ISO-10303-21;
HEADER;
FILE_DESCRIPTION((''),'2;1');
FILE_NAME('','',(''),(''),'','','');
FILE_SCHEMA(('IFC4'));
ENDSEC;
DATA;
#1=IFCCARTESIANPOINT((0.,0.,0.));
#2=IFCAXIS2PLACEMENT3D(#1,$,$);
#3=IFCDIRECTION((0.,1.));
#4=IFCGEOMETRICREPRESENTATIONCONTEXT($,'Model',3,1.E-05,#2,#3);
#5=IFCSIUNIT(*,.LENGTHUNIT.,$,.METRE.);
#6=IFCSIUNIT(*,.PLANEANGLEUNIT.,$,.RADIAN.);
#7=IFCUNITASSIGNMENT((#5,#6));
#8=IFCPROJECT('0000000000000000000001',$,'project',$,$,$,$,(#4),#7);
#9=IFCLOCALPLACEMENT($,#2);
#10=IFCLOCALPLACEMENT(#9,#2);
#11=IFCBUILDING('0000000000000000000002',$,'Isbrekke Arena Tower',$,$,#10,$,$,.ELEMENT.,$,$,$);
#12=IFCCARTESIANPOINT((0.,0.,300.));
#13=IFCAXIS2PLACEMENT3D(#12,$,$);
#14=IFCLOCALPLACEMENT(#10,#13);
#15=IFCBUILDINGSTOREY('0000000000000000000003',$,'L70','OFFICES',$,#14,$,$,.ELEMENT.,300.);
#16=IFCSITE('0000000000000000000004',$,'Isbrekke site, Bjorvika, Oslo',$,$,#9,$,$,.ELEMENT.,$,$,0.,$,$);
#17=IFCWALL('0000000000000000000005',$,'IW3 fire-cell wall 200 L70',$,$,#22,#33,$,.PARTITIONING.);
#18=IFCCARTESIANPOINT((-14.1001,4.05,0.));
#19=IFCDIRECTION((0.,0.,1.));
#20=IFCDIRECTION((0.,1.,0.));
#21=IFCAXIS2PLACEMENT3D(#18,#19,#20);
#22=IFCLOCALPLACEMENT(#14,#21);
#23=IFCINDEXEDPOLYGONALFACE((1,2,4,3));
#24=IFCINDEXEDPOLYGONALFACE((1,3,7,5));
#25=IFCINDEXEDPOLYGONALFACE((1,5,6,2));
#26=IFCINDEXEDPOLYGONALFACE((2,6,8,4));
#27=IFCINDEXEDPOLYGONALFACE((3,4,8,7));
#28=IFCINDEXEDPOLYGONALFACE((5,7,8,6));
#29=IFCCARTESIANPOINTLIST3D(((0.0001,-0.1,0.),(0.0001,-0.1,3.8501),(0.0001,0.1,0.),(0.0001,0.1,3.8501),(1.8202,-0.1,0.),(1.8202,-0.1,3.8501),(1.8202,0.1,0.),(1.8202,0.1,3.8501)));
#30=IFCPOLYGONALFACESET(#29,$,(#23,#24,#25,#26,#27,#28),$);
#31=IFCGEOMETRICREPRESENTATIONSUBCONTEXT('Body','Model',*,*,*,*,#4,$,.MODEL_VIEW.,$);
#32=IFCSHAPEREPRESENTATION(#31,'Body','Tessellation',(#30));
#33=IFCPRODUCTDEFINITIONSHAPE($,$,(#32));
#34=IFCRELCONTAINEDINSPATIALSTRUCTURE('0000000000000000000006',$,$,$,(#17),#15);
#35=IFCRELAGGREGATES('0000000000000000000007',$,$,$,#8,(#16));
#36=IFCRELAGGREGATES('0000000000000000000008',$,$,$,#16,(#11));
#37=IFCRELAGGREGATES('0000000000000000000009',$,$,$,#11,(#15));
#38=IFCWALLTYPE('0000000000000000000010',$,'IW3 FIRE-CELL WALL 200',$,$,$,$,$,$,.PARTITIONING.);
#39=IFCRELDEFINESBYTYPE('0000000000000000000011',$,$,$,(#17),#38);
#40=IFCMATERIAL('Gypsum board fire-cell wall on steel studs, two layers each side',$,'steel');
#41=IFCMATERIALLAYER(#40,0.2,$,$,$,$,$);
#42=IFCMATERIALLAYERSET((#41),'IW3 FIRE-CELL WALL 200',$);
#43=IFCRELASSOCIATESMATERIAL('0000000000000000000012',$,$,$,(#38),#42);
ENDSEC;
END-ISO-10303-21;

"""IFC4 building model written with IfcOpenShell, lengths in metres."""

from ifc_helpers import new_model, si_unit, direction, frame, frame_2d, origin, place, context, subcontext, project, spatial, rectangle, extrude, material, layer, layer_set, type_object, element, save


model = new_model("IFC4")

# Units and contexts
model_context = context("Model", 3, precision=1e-05, world=origin(), true_north=direction((0.0, 1.0)))
body_context = subcontext(model_context, "Body", "Model", "MODEL_VIEW")
ifc_project = project(units=[si_unit("LENGTHUNIT", "METRE"), si_unit("PLANEANGLEUNIT", "RADIAN")], contexts=[model_context])

# Site, building, storey
site_placement = place(None, origin())
site = spatial("IfcSite", under=ifc_project, at=site_placement, Name="Isbrekke site, Bjorvika, Oslo", CompositionType="ELEMENT", RefElevation=0.0)
building_placement = place(site_placement, origin())
building = spatial("IfcBuilding", under=site, at=building_placement, Name="Isbrekke Arena Tower", CompositionType="ELEMENT")
storey_placement = place(building_placement, frame((0.0, 0.0, 300.0)))
storey = spatial("IfcBuildingStorey", under=building, at=storey_placement, Name="L70", Description="OFFICES", CompositionType="ELEMENT", Elevation=300.0)

# Shared definitions
ifc_material_1 = material(Name="Gypsum board fire-cell wall on steel studs, two layers each side", Category="steel")
ifc_layer_1 = layer(ifc_material_1, 0.2)
ifc_layer_set_1 = layer_set([ifc_layer_1], Name="IW3 FIRE-CELL WALL 200")
wall_type_1 = type_object("IfcWallType", Name="IW3 FIRE-CELL WALL 200", PredefinedType="PARTITIONING", material=ifc_layer_set_1)

# Wall
wall_1_placement = place(storey_placement, frame((-14.1001, 4.05, 0.0), z_axis=(0.0, 0.0, 1.0), x_axis=(0.0, 1.0, 0.0)))
element("IfcWall", 1, at=wall_1_placement, inside=storey, type_object=wall_type_1, Name="IW3 fire-cell wall 200 L70", PredefinedType="PARTITIONING", context=body_context, shape_type="SweptSolid", body=[
    extrude(rectangle(XDim=1.8201, YDim=0.2, at=frame_2d((0.9102, 0.0))), origin(), (0.0, 0.0, 1.0), 3.8501),
])

save(model, "model.ifc")
